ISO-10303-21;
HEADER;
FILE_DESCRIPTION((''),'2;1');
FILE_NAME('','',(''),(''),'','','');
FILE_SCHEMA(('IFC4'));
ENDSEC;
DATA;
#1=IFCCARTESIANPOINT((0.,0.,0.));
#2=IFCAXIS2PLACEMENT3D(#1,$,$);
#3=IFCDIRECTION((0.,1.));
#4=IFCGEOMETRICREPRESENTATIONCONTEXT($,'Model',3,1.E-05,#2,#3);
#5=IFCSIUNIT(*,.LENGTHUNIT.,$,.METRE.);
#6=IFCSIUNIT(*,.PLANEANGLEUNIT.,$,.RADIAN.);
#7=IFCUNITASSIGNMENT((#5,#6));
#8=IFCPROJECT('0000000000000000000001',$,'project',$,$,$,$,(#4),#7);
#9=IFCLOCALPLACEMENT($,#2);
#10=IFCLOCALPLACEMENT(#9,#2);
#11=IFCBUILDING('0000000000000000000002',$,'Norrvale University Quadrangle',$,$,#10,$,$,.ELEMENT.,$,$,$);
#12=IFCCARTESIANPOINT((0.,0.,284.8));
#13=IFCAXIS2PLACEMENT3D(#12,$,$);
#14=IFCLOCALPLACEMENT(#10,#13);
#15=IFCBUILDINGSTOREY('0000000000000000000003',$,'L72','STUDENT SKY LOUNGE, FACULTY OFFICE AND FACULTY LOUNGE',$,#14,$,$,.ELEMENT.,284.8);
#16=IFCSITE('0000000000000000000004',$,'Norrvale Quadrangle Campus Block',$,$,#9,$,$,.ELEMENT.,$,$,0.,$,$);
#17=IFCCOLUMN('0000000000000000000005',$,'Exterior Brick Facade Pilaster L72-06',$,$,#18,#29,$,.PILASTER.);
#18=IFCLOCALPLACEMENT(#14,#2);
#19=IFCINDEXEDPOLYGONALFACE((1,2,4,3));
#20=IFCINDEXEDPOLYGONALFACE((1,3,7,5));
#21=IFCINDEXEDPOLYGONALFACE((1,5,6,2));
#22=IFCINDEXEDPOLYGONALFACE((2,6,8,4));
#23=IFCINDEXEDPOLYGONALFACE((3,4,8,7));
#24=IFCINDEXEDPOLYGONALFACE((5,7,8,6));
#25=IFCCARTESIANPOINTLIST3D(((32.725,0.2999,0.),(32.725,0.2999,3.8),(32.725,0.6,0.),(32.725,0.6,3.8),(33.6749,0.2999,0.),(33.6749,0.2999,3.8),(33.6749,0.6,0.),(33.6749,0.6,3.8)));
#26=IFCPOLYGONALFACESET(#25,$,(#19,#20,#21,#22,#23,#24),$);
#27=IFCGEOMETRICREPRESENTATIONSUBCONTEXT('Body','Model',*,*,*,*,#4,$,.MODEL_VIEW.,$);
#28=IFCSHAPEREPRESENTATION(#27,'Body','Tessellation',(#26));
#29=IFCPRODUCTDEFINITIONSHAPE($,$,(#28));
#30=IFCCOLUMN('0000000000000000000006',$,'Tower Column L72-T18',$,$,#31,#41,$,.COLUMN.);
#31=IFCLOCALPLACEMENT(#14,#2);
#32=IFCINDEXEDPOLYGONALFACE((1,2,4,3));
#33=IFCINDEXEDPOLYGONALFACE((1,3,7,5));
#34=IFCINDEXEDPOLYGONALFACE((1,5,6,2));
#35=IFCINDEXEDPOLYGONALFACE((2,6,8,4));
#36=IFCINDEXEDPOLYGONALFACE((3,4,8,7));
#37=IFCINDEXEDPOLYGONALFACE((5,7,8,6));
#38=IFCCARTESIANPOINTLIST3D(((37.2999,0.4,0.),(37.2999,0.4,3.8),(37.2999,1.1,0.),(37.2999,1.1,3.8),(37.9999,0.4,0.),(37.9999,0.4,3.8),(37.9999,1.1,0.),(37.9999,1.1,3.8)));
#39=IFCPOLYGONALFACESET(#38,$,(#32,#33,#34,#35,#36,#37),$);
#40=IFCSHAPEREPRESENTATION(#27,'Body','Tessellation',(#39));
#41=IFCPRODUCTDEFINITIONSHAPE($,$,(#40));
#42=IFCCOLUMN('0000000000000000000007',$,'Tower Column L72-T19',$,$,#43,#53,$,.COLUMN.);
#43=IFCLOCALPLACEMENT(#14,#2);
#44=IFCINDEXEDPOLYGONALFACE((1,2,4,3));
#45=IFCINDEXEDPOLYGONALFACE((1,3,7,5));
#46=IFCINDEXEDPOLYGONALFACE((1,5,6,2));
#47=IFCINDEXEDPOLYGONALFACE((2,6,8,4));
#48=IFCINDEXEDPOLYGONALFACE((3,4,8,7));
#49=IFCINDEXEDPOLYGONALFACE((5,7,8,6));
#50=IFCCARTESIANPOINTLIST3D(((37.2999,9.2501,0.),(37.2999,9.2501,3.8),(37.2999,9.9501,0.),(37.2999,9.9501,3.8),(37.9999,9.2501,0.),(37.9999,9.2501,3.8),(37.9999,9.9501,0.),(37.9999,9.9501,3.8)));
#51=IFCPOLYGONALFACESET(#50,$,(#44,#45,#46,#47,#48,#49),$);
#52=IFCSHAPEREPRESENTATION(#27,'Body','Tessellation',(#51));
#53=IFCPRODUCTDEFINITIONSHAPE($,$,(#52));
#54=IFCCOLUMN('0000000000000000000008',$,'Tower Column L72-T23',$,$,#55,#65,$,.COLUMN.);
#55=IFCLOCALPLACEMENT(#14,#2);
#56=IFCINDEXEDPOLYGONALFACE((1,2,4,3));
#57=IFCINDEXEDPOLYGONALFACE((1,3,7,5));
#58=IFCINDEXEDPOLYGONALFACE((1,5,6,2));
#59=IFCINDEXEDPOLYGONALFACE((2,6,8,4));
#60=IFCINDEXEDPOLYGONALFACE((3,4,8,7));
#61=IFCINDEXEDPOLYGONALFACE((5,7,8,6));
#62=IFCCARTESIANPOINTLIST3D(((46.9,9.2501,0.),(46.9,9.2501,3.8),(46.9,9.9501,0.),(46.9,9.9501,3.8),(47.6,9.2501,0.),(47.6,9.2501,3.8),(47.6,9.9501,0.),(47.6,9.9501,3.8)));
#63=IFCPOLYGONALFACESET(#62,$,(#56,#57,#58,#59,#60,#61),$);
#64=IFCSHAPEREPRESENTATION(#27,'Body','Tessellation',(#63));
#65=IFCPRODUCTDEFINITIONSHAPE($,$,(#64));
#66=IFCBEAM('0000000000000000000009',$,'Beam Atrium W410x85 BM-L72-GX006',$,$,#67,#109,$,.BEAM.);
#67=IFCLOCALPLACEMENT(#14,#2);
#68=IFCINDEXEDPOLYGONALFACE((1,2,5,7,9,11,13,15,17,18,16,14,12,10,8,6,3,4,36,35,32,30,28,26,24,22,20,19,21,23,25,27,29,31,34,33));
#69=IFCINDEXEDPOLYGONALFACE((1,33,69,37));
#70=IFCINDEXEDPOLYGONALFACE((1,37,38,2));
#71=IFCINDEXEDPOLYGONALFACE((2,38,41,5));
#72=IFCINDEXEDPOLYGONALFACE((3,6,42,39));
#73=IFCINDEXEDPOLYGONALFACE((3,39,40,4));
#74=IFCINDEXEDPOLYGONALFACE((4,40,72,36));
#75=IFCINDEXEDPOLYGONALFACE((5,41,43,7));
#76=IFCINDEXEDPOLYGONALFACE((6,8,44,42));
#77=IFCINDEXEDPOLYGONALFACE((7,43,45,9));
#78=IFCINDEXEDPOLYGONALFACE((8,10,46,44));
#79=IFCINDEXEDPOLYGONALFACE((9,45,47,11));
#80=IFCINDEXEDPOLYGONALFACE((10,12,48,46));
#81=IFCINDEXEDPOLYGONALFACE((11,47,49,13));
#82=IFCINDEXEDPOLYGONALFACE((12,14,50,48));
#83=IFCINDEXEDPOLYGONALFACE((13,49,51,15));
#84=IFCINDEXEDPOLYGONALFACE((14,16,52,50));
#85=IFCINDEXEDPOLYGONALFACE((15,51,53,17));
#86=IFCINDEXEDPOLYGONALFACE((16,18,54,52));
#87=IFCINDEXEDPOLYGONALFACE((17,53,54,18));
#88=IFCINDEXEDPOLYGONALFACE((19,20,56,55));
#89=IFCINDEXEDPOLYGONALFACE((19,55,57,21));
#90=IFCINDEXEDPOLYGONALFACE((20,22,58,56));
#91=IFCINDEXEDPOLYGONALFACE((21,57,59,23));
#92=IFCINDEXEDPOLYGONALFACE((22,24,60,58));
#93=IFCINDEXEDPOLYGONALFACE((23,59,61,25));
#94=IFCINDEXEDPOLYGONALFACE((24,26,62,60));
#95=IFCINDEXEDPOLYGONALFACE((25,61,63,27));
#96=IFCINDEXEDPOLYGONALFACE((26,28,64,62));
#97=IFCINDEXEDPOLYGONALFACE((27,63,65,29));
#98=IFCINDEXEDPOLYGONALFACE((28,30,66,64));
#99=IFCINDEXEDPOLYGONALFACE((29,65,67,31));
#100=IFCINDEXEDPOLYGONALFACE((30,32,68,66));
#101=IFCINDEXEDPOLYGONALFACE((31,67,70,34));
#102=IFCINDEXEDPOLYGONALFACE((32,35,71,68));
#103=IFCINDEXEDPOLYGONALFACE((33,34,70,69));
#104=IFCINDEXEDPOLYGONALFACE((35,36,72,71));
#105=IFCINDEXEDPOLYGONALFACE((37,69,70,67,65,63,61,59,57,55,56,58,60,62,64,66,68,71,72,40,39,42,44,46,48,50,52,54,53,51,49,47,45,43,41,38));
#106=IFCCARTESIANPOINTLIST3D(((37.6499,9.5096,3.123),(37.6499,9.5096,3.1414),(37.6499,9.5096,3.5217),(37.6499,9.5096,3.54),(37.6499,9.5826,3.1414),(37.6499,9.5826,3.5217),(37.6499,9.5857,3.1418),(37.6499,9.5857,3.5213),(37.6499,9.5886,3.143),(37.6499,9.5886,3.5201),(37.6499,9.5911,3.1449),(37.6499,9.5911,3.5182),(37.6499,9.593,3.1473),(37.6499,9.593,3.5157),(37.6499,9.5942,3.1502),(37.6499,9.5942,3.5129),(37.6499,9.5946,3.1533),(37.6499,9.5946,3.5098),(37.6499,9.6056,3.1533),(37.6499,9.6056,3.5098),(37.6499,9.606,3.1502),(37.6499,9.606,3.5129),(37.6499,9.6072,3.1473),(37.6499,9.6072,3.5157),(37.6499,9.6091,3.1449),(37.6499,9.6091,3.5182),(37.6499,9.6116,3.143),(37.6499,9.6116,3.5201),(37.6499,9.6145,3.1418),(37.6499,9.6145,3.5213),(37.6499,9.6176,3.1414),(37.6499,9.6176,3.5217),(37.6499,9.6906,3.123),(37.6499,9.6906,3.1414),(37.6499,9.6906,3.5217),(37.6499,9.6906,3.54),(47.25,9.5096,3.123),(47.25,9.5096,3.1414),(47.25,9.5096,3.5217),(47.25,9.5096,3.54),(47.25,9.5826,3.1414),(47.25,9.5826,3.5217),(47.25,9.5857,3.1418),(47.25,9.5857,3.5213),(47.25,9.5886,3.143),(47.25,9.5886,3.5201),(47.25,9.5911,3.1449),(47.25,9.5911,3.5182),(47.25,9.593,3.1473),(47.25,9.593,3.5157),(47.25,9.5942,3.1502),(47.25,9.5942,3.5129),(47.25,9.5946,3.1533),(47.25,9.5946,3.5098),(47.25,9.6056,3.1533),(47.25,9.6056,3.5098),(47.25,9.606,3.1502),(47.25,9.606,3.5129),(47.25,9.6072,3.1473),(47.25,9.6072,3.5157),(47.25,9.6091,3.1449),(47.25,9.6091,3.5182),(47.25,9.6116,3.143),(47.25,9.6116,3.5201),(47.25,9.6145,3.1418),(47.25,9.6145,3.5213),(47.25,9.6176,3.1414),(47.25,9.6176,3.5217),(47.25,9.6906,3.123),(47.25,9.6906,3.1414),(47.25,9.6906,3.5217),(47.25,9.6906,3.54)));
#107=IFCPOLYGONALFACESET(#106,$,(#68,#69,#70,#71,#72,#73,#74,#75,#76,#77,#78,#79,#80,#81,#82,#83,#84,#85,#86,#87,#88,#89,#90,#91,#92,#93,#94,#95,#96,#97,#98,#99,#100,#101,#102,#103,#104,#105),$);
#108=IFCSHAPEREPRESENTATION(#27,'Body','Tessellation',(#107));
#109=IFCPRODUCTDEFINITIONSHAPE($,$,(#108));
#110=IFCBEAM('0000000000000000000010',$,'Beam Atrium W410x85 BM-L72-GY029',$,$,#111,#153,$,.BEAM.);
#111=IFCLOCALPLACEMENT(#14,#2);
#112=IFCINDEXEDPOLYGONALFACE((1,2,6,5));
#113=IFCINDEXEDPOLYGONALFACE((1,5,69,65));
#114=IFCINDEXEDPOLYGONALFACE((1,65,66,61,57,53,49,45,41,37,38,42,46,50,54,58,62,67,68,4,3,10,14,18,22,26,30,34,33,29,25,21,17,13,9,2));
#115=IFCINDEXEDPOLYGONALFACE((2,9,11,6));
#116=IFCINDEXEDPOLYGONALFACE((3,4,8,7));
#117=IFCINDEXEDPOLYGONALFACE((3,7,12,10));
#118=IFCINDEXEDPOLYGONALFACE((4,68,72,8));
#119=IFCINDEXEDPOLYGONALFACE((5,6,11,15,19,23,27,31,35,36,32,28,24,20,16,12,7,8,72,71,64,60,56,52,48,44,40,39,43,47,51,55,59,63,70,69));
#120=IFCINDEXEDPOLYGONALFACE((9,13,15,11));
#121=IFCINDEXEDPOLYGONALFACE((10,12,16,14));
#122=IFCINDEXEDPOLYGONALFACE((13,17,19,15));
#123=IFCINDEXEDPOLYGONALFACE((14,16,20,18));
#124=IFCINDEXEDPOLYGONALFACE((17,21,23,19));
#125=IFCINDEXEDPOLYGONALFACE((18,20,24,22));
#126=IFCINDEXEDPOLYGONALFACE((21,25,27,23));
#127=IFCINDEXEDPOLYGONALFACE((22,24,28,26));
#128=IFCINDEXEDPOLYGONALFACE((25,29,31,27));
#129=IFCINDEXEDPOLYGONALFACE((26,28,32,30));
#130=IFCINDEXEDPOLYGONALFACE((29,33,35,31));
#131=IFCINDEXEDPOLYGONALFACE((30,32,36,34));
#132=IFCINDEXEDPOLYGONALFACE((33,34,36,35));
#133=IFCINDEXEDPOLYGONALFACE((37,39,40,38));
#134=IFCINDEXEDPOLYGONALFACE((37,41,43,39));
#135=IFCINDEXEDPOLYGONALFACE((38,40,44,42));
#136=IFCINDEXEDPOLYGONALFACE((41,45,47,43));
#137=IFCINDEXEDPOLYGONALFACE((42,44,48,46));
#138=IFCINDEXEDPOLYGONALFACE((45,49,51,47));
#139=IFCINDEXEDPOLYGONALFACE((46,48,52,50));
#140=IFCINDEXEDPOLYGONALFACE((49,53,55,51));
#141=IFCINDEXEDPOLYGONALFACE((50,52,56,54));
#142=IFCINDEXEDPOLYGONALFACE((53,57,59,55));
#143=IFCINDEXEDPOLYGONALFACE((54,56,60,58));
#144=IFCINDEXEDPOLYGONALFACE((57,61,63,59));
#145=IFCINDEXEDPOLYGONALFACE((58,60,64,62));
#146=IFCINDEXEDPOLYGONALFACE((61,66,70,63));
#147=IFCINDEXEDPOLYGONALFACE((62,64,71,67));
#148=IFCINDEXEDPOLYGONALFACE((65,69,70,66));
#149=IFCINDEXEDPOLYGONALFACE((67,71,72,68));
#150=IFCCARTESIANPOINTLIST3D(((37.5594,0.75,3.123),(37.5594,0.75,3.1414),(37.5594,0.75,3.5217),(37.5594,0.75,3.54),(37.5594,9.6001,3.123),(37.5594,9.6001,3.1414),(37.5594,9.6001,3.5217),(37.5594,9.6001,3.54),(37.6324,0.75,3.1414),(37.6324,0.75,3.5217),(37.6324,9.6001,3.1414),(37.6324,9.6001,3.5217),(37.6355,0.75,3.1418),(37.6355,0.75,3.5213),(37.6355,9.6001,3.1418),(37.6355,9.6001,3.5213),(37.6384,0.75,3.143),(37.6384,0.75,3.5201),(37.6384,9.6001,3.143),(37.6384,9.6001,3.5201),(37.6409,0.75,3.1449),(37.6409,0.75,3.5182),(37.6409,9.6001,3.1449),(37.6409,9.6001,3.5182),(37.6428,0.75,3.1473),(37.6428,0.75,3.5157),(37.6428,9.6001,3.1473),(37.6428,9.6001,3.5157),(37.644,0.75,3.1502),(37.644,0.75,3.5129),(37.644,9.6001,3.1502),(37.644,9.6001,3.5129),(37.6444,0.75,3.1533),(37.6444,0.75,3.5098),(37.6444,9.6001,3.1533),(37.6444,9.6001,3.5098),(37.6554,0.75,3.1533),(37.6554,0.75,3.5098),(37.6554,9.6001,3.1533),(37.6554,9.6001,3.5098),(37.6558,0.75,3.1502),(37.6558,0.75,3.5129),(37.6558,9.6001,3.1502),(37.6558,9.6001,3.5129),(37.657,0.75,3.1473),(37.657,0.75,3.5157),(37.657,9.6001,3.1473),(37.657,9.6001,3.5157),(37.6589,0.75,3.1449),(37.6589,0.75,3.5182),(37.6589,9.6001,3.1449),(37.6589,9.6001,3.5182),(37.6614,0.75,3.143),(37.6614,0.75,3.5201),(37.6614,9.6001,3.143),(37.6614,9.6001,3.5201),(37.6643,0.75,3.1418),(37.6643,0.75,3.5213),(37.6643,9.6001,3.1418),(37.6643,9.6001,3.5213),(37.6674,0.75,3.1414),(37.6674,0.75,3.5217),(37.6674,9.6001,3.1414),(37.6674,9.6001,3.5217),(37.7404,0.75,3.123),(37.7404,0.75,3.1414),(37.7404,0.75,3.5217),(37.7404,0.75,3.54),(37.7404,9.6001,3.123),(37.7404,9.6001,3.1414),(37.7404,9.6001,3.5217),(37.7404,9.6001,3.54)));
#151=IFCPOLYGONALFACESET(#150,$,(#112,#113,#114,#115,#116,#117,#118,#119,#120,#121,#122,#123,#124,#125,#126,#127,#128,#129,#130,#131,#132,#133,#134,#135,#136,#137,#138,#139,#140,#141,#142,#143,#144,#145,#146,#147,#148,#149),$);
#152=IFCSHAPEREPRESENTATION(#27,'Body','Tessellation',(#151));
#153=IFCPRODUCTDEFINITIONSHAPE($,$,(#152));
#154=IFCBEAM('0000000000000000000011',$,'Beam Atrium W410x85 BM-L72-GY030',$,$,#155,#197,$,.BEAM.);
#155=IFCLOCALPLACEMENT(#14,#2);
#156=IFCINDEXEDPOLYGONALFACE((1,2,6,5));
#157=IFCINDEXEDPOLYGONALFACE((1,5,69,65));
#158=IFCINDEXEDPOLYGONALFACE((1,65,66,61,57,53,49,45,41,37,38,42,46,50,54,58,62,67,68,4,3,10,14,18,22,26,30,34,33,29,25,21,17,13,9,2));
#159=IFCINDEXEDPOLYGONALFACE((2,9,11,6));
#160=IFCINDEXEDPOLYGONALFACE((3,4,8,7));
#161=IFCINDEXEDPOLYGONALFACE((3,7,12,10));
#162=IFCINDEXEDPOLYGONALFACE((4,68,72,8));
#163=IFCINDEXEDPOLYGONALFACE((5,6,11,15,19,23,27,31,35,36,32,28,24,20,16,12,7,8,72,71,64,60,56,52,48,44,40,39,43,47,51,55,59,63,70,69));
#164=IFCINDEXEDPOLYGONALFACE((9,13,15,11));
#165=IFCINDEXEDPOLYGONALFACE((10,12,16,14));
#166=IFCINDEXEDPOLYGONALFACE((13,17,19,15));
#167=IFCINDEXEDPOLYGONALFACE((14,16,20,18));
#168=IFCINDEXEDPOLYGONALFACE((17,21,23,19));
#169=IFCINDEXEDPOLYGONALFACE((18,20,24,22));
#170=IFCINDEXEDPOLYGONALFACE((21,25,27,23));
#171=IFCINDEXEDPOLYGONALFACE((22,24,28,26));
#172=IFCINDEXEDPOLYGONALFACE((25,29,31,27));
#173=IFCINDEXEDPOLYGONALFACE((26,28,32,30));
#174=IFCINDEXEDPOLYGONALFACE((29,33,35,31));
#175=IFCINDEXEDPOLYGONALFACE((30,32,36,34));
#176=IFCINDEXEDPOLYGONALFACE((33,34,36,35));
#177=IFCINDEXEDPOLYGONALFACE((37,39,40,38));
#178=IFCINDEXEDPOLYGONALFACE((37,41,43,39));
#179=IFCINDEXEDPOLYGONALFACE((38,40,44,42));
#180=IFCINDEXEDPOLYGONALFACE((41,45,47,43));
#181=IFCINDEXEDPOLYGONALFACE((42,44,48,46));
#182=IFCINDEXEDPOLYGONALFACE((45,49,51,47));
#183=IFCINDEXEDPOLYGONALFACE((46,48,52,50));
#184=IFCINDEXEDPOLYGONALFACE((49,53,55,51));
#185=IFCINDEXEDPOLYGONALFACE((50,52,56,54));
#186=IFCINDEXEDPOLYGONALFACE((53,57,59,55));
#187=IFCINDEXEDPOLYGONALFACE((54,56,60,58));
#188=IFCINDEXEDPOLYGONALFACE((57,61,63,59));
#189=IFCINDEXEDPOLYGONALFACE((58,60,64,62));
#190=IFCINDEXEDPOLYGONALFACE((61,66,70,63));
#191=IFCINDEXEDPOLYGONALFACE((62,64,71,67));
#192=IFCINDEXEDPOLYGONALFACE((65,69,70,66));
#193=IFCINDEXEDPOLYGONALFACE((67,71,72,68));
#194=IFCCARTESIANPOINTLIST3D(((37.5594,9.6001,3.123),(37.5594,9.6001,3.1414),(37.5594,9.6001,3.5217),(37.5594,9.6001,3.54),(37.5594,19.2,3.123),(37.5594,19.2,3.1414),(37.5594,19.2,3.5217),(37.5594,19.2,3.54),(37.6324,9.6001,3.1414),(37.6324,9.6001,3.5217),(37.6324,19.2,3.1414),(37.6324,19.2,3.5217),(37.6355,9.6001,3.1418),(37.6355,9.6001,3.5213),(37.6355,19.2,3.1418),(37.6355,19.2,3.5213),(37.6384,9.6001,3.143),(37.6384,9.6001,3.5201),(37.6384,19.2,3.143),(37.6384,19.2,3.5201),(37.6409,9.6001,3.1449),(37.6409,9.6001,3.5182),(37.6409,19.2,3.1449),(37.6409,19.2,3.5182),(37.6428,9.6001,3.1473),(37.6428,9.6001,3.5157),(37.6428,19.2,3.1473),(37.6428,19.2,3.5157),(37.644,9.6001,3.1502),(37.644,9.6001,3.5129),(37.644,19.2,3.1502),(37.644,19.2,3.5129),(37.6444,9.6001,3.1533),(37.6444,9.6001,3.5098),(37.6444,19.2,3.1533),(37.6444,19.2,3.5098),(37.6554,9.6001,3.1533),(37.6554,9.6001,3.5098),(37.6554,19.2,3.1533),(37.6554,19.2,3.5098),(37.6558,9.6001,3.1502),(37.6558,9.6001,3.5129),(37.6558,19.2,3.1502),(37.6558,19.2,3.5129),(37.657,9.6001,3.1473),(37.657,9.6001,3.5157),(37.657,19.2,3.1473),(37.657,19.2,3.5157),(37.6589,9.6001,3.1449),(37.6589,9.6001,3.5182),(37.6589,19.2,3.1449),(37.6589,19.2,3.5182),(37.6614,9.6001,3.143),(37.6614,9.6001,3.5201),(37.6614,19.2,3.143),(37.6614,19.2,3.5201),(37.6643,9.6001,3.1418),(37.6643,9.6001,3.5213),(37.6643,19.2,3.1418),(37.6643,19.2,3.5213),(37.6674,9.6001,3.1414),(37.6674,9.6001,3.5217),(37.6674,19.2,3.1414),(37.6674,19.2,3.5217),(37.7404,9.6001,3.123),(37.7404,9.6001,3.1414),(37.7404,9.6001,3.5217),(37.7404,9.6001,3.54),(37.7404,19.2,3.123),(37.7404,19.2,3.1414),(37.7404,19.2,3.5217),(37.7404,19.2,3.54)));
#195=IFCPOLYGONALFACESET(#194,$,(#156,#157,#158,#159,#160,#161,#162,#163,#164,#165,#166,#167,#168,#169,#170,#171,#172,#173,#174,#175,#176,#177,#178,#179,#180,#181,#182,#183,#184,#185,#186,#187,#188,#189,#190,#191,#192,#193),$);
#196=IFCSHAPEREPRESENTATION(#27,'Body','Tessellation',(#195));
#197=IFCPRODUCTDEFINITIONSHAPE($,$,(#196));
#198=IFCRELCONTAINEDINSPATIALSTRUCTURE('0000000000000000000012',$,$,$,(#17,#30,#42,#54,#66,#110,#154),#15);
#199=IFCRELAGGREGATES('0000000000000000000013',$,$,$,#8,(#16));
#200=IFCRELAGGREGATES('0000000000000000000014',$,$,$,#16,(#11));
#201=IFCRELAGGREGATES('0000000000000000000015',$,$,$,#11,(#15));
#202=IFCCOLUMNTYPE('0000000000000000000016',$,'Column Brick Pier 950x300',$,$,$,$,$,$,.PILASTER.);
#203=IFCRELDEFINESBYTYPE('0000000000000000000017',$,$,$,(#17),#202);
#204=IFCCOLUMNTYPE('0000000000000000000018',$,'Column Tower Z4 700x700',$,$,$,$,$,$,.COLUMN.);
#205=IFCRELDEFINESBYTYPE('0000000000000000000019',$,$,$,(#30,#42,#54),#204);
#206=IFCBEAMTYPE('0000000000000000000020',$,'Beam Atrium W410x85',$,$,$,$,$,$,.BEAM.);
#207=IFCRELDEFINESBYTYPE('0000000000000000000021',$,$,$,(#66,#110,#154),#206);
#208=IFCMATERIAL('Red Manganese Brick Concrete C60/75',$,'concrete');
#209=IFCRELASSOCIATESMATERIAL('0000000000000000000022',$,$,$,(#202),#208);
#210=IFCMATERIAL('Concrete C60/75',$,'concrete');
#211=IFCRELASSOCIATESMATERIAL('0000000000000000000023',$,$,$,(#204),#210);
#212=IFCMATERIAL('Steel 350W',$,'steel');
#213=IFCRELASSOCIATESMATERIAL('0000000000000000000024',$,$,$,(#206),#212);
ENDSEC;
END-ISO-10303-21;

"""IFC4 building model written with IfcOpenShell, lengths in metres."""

from ifc_helpers import new_model, si_unit, direction, frame, origin, origin_2d, place, context, subcontext, project, spatial, rectangle, i_section, extrude, material, material_profile, profile_set, type_object, element, save


model = new_model("IFC4")

# Units and contexts
model_context = context("Model", 3, precision=1e-05, world=origin(), true_north=direction((0.0, 1.0)))
body_context = subcontext(model_context, "Body", "Model", "MODEL_VIEW")
ifc_project = project(units=[si_unit("LENGTHUNIT", "METRE"), si_unit("PLANEANGLEUNIT", "RADIAN")], contexts=[model_context])

# Site, building, storey
site_placement = place(None, origin())
site = spatial("IfcSite", under=ifc_project, at=site_placement, Name="Norrvale Quadrangle Campus Block", CompositionType="ELEMENT", RefElevation=0.0)
building_placement = place(site_placement, origin())
building = spatial("IfcBuilding", under=site, at=building_placement, Name="Norrvale University Quadrangle", CompositionType="ELEMENT")
storey_placement = place(building_placement, frame((0.0, 0.0, 284.8)))
storey = spatial("IfcBuildingStorey", under=building, at=storey_placement, Name="L72", Description="STUDENT SKY LOUNGE, FACULTY OFFICE AND FACULTY LOUNGE", CompositionType="ELEMENT", Elevation=284.8)

# Columns
ifc_material_1 = material(Name="Red Manganese Brick Concrete C60/75", Category="concrete")
ifc_material_profile_1 = material_profile(ifc_material_1, rectangle(XDim=0.95, YDim=0.3, at=origin_2d()), Name="Red Manganese Brick Concrete C60/75")
ifc_profile_set_1 = profile_set([ifc_material_profile_1], Name="Red Manganese Brick Concrete C60/75")
column_type_1 = type_object("IfcColumnType", Name="Column Brick Pier 950x300", PredefinedType="PILASTER", material=ifc_profile_set_1)
column_placement = place(storey_placement, frame((33.2, 0.45, 0.0), z_axis=(0.0, 0.0, 1.0), x_axis=(1.0, 0.0, 0.0)))
element("IfcColumn", 1, at=column_placement, inside=storey, type_object=column_type_1, Name="Exterior Brick Facade Pilaster L72-06", PredefinedType="PILASTER", context=body_context, shape_type="SweptSolid", body=[
    extrude(rectangle(XDim=0.95, YDim=0.3, at=origin_2d()), origin(), (0.0, 0.0, 1.0), 3.8),
])
ifc_material_2 = material(Name="Concrete C60/75", Category="concrete")
ifc_material_profile_2 = material_profile(ifc_material_2, rectangle(XDim=0.7, YDim=0.7, at=origin_2d()), Name="Concrete C60/75")
ifc_profile_set_2 = profile_set([ifc_material_profile_2], Name="Concrete C60/75")
column_type_2 = type_object("IfcColumnType", Name="Column Tower Z4 700x700", PredefinedType="COLUMN", material=ifc_profile_set_2)
for number, where, z_axis, x_axis, name in (
    (2, (37.6499, 0.75, 0.0), (0.0, 0.0, 1.0), (1.0, 0.0, 0.0), "Tower Column L72-T18"),
    (3, (37.6499, 9.6001, 0.0), (0.0, 0.0, 1.0), (1.0, 0.0, 0.0), "Tower Column L72-T19"),
    (4, (47.25, 9.6001, 0.0), (0.0, 0.0, 1.0), (1.0, 0.0, 0.0), "Tower Column L72-T23"),
):
    element("IfcColumn", number, at=place(storey_placement, frame(where, z_axis=z_axis, x_axis=x_axis)), inside=storey, type_object=column_type_2, Name=name, PredefinedType="COLUMN", context=body_context, shape_type="SweptSolid", body=[
        extrude(rectangle(XDim=0.7, YDim=0.7, at=origin_2d()), origin(), (0.0, 0.0, 1.0), 3.8),
    ])

# Beams
ifc_material_3 = material(Name="Steel 350W", Category="steel")
ifc_material_profile_3 = material_profile(ifc_material_3, i_section(OverallWidth=0.1809, OverallDepth=0.417, WebThickness=0.011, FlangeThickness=0.0183, FilletRadius=0.012, at=origin_2d()), Name="Steel 350W")
ifc_profile_set_3 = profile_set([ifc_material_profile_3], Name="Steel 350W")
beam_type_1 = type_object("IfcBeamType", Name="Beam Atrium W410x85", PredefinedType="BEAM", material=ifc_profile_set_3)
beam_1_placement = place(storey_placement, frame((37.6499, 9.6001, 3.3315), z_axis=(1.0, 0.0, 0.0), x_axis=(0.0, 1.0, 0.0)))
element("IfcBeam", 5, at=beam_1_placement, inside=storey, type_object=beam_type_1, Name="Beam Atrium W410x85 BM-L72-GX006", PredefinedType="BEAM", context=body_context, shape_type="SweptSolid", body=[
    extrude(i_section(OverallWidth=0.1809, OverallDepth=0.417, WebThickness=0.011, FlangeThickness=0.0183, FilletRadius=0.012, at=origin_2d()), origin(), (0.0, 0.0, 1.0), 9.6001),
])
beam_2_placement = place(storey_placement, frame((37.6499, 0.75, 3.3315), z_axis=(0.0, 1.0, 0.0), x_axis=(-1.0, 0.0, 0.0)))
element("IfcBeam", 6, at=beam_2_placement, inside=storey, type_object=beam_type_1, Name="Beam Atrium W410x85 BM-L72-GY029", PredefinedType="BEAM", context=body_context, shape_type="SweptSolid", body=[
    extrude(i_section(OverallWidth=0.1809, OverallDepth=0.417, WebThickness=0.011, FlangeThickness=0.0183, FilletRadius=0.012, at=origin_2d()), origin(), (0.0, 0.0, 1.0), 8.8501),
])
for number, where, z_axis, x_axis, name in (
    (7, (37.6499, 9.6001, 3.3315), (0.0, 1.0, 0.0), (-1.0, 0.0, 0.0), "Beam Atrium W410x85 BM-L72-GY030"),
):
    element("IfcBeam", number, at=place(storey_placement, frame(where, z_axis=z_axis, x_axis=x_axis)), inside=storey, type_object=beam_type_1, Name=name, PredefinedType="BEAM", context=body_context, shape_type="SweptSolid", body=[
        extrude(i_section(OverallWidth=0.1809, OverallDepth=0.417, WebThickness=0.011, FlangeThickness=0.0183, FilletRadius=0.012, at=origin_2d()), origin(), (0.0, 0.0, 1.0), 9.5999),
    ])

save(model, "model.ifc")
